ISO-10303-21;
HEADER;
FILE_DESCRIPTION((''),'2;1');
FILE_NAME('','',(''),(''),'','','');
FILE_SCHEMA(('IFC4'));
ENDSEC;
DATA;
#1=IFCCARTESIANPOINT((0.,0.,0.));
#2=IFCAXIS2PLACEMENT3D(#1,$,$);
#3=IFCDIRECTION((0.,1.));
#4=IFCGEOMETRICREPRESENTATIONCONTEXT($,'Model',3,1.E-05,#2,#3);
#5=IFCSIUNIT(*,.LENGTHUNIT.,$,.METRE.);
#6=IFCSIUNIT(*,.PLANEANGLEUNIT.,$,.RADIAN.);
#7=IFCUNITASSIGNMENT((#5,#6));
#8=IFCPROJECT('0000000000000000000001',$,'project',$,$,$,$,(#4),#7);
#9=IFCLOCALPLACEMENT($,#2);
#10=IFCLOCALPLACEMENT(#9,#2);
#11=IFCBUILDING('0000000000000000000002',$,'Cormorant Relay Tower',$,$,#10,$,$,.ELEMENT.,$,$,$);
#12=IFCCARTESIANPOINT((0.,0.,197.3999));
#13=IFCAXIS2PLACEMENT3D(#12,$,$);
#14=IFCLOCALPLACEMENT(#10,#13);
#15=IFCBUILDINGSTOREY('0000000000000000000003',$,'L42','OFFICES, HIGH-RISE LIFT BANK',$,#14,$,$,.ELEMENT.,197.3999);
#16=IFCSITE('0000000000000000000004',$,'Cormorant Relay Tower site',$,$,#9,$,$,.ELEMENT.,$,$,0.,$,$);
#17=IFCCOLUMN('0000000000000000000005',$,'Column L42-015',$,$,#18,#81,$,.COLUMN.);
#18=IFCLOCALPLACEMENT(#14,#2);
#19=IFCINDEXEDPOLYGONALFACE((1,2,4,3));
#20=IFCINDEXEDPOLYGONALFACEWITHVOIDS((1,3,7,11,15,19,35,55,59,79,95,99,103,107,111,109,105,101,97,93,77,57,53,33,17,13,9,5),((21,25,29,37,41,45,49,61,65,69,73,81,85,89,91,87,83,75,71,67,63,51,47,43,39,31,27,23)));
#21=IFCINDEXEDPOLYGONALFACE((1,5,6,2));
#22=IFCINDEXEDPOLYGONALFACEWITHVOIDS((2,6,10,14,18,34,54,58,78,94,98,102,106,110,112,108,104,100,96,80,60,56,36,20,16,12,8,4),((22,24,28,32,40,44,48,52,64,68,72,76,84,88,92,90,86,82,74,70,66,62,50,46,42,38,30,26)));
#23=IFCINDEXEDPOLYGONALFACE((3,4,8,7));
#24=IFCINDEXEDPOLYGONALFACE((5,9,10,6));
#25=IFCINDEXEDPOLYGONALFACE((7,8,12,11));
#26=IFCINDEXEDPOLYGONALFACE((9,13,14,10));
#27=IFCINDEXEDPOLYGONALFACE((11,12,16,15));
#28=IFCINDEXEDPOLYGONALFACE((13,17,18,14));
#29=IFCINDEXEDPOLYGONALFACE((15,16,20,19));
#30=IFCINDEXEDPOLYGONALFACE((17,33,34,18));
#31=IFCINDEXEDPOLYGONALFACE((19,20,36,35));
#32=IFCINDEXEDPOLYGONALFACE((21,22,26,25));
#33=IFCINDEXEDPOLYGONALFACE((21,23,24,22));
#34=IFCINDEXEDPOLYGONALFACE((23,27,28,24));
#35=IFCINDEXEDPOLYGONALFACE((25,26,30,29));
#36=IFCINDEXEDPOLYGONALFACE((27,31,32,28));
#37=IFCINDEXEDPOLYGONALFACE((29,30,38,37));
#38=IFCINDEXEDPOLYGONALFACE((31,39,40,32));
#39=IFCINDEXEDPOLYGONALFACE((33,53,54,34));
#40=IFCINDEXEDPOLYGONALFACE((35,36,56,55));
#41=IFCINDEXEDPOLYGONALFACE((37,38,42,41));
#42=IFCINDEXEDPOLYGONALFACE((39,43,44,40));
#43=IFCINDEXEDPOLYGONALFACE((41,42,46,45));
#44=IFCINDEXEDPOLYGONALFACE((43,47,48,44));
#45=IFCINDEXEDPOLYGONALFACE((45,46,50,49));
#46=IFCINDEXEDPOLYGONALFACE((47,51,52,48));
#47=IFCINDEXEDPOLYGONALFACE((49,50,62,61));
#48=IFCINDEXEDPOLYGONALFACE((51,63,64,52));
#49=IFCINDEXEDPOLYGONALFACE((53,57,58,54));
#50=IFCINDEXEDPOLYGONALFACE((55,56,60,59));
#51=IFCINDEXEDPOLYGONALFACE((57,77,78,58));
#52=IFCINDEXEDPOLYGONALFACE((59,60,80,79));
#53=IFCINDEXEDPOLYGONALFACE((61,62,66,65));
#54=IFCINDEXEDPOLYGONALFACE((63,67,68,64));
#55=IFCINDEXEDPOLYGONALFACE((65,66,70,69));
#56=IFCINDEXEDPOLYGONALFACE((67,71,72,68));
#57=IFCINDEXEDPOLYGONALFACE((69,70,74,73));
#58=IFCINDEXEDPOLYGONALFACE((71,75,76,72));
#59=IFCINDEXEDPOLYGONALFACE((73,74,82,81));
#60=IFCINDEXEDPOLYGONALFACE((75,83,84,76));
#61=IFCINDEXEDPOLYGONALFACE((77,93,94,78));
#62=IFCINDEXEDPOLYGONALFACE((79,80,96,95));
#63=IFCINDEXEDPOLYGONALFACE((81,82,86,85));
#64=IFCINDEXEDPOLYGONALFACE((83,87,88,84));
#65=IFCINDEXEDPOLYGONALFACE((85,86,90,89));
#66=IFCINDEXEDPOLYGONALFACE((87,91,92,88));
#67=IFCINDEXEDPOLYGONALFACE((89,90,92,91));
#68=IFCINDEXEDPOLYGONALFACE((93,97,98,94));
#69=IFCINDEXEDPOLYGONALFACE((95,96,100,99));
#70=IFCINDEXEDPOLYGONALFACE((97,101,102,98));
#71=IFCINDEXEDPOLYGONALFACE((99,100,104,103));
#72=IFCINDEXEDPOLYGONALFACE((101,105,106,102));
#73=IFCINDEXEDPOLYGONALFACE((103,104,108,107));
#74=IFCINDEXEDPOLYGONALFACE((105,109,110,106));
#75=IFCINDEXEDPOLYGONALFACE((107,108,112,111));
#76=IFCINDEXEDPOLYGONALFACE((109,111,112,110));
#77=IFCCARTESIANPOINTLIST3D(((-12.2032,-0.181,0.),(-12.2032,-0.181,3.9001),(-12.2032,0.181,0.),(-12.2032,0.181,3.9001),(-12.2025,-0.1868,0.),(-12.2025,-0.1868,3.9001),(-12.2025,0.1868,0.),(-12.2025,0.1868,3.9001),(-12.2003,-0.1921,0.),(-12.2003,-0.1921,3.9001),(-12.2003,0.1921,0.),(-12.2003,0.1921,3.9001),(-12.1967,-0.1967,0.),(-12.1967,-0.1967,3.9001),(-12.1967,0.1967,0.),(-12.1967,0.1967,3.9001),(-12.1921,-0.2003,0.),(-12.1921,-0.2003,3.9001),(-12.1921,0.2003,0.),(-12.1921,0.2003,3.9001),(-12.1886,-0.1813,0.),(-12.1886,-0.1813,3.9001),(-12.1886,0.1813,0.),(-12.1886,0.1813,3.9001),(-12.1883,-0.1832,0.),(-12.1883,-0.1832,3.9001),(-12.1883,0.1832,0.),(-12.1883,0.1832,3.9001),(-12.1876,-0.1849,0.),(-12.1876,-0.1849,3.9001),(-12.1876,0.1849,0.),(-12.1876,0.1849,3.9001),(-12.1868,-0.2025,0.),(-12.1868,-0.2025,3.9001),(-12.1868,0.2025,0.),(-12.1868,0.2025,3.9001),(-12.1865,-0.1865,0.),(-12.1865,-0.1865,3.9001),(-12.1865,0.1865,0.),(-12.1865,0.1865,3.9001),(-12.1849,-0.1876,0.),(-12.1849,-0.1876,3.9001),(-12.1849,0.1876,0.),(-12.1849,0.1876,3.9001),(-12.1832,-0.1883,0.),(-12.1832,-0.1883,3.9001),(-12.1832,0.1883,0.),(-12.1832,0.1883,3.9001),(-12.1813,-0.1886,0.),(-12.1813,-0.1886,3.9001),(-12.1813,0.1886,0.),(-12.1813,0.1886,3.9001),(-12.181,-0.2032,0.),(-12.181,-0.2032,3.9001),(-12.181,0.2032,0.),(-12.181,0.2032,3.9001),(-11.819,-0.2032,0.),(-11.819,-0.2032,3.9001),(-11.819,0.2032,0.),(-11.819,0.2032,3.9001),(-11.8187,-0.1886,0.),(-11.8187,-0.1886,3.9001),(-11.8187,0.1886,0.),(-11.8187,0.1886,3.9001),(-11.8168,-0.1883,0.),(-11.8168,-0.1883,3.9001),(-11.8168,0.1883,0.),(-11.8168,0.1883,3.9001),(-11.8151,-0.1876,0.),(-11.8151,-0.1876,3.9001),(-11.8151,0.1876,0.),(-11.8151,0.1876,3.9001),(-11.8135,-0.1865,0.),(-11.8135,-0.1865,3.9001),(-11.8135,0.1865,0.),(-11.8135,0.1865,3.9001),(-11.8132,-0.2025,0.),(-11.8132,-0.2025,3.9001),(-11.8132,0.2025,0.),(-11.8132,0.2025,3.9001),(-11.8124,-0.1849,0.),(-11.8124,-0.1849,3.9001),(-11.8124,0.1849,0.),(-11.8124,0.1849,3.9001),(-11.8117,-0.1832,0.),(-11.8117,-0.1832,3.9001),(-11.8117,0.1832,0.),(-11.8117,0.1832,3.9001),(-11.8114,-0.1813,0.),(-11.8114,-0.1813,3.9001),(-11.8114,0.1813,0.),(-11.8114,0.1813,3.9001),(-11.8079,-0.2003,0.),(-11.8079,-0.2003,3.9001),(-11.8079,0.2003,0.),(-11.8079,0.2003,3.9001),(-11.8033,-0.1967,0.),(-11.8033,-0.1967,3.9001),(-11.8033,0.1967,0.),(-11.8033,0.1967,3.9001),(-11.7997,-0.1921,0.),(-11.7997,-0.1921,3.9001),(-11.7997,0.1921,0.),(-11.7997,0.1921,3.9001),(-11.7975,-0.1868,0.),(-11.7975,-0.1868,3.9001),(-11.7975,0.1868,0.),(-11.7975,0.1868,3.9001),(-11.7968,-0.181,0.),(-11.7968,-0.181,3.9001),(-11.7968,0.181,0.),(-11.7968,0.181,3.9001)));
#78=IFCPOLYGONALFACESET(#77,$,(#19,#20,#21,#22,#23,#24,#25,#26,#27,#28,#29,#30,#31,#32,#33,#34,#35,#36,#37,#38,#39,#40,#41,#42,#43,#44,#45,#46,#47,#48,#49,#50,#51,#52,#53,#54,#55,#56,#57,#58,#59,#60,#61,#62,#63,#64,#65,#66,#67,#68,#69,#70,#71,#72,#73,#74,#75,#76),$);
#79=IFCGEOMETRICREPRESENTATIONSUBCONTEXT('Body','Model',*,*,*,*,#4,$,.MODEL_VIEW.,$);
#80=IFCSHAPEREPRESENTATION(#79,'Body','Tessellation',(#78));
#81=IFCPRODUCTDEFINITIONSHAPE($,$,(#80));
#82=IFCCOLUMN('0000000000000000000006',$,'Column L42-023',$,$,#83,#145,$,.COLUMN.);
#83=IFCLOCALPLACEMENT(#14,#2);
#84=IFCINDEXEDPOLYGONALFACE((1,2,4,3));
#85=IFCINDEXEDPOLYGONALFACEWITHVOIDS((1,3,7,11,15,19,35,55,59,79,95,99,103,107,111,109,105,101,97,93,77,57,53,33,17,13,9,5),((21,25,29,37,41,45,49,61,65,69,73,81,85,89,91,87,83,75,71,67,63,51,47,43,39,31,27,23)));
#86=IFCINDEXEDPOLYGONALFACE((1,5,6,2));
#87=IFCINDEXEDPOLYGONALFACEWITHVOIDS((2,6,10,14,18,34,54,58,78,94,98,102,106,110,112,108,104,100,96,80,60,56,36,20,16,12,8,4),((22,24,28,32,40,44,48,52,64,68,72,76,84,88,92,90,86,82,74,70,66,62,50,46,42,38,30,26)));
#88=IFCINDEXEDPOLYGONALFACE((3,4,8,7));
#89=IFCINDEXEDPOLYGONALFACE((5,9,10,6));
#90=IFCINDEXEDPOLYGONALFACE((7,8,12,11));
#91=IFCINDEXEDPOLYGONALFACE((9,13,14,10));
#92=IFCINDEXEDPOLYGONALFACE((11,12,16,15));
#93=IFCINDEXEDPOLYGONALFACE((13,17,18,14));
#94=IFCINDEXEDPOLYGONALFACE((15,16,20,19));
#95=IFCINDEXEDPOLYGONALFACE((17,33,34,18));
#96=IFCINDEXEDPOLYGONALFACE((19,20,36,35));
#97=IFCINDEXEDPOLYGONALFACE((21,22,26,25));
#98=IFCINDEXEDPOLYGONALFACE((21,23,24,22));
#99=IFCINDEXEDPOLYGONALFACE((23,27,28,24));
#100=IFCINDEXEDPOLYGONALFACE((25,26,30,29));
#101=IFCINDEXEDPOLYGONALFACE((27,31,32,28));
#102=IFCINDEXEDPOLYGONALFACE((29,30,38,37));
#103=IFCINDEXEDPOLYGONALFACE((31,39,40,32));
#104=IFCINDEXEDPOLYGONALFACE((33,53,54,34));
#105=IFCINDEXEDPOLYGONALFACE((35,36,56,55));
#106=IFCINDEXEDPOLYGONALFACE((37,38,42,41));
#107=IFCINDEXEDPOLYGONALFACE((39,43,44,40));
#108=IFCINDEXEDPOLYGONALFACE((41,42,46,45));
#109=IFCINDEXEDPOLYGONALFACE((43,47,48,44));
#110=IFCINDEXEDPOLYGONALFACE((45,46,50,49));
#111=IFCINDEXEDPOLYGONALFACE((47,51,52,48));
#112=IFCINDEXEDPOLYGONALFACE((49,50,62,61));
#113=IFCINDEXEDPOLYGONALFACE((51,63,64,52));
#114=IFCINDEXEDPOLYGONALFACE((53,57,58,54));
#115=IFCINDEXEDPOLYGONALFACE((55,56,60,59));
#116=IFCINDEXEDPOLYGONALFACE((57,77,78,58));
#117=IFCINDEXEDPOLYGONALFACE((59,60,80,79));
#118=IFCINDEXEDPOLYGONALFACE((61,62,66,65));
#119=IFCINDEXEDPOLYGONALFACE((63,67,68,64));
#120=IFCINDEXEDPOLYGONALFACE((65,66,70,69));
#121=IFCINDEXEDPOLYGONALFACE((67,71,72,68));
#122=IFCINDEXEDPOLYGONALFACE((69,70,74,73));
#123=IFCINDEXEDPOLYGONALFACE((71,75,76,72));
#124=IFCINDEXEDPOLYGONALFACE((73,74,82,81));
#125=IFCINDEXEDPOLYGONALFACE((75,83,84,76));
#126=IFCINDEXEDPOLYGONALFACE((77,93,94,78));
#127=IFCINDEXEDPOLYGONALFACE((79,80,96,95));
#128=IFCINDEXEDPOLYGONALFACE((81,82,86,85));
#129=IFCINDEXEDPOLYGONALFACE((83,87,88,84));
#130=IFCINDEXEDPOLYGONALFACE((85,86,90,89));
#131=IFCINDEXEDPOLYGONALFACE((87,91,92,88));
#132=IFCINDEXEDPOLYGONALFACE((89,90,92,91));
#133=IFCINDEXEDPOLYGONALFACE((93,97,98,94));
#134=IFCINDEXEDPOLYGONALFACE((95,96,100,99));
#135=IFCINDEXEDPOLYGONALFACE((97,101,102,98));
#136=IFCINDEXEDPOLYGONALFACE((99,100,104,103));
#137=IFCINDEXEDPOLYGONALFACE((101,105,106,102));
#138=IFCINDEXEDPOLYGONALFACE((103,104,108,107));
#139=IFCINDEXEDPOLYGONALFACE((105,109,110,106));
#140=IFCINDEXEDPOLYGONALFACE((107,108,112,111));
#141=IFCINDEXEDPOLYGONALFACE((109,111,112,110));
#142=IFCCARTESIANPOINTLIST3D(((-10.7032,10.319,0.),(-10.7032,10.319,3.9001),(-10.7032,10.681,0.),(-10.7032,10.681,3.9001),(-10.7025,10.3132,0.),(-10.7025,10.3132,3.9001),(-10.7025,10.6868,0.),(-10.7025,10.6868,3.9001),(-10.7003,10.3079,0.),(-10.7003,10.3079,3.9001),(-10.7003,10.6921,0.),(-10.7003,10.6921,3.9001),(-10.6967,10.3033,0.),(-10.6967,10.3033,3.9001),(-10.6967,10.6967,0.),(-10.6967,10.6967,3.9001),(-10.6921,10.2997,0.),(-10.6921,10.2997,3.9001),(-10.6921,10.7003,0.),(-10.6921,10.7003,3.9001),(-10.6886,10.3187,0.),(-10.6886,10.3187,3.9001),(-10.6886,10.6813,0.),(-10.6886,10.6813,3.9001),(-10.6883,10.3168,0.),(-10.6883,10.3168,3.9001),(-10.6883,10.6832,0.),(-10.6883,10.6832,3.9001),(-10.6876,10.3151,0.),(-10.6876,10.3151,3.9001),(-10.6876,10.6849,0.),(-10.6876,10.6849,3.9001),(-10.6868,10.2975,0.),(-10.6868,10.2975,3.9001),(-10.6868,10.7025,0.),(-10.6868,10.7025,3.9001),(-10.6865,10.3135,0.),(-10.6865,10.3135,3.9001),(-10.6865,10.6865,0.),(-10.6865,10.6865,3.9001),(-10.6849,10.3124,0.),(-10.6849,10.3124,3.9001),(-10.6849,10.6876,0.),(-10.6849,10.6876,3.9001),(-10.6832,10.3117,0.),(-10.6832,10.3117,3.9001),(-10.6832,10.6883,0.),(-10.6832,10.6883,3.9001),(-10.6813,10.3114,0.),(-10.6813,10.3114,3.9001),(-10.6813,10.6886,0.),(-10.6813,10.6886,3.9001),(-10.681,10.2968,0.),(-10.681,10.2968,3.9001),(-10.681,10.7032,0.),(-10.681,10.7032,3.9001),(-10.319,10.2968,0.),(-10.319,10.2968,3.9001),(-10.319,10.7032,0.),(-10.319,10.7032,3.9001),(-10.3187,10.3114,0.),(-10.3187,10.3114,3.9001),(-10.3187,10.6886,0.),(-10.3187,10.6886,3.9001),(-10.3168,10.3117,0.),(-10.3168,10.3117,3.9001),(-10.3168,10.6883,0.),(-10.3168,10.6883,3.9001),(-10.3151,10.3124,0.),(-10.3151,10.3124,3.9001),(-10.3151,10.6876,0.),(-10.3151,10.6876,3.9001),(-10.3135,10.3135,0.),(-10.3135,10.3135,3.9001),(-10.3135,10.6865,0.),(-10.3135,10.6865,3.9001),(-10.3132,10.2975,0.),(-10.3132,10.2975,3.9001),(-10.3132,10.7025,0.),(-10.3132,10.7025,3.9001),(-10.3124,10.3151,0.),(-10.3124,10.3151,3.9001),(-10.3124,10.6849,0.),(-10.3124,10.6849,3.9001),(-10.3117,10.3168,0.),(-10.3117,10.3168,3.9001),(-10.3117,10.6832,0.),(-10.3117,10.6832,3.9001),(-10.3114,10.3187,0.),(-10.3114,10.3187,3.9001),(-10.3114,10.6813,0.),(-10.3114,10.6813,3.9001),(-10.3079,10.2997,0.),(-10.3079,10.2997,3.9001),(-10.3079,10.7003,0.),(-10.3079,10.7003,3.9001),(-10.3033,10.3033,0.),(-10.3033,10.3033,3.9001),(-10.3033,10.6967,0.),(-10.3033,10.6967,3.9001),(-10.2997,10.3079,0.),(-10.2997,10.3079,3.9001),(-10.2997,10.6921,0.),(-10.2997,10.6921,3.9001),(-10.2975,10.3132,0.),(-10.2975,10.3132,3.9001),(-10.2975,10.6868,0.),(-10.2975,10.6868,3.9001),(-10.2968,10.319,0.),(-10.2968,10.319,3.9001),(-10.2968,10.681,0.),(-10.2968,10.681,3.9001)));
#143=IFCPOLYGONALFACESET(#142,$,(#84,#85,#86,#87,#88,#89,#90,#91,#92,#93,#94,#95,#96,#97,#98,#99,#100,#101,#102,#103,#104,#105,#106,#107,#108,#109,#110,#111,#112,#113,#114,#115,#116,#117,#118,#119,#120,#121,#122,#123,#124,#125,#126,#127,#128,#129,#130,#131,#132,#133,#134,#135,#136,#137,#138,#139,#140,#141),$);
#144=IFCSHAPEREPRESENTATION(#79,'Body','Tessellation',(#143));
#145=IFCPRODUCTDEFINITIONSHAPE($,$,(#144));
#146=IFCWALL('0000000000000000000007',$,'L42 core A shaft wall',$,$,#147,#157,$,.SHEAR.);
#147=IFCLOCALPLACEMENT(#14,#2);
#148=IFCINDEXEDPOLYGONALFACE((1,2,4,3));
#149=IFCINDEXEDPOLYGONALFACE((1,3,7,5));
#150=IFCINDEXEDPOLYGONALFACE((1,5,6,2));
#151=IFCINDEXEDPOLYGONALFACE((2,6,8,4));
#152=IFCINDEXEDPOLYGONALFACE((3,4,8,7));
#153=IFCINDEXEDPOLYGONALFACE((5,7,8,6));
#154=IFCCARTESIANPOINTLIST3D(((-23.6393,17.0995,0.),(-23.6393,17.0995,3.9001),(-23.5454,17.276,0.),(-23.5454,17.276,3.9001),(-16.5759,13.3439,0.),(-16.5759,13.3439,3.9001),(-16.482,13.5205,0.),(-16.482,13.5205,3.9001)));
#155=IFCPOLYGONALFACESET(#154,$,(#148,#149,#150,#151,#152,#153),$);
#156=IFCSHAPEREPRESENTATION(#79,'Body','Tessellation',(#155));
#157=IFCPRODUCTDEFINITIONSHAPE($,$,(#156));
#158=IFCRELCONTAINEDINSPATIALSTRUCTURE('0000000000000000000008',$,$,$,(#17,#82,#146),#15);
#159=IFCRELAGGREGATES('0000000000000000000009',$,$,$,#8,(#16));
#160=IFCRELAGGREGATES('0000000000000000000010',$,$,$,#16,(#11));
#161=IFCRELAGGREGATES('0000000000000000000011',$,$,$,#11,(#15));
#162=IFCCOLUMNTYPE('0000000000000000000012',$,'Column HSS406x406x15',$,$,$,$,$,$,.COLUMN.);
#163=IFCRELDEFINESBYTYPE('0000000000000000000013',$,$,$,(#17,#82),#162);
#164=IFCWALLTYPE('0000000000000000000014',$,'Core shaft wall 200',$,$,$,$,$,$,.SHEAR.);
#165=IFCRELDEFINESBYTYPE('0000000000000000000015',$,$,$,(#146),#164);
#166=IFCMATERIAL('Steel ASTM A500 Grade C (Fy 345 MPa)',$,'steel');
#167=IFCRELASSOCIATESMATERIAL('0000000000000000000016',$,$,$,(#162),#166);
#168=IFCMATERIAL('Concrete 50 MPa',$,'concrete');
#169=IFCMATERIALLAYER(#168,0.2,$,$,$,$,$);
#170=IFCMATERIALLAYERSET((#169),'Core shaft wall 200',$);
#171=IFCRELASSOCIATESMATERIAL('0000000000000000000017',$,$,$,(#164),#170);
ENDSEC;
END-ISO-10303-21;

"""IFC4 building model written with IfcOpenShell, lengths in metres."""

from ifc_helpers import new_model, si_unit, direction, frame, frame_2d, origin, origin_2d, place, context, subcontext, project, spatial, rectangle, hollow_rectangle, extrude, material, layer, layer_set, material_profile, profile_set, type_object, element, save


model = new_model("IFC4")

# Units and contexts
model_context = context("Model", 3, precision=1e-05, world=origin(), true_north=direction((0.0, 1.0)))
body_context = subcontext(model_context, "Body", "Model", "MODEL_VIEW")
ifc_project = project(units=[si_unit("LENGTHUNIT", "METRE"), si_unit("PLANEANGLEUNIT", "RADIAN")], contexts=[model_context])

# Site, building, storey
site_placement = place(None, origin())
site = spatial("IfcSite", under=ifc_project, at=site_placement, Name="Cormorant Relay Tower site", CompositionType="ELEMENT", RefElevation=0.0)
building_placement = place(site_placement, origin())
building = spatial("IfcBuilding", under=site, at=building_placement, Name="Cormorant Relay Tower", CompositionType="ELEMENT")
storey_placement = place(building_placement, frame((0.0, 0.0, 197.3999)))
storey = spatial("IfcBuildingStorey", under=building, at=storey_placement, Name="L42", Description="OFFICES, HIGH-RISE LIFT BANK", CompositionType="ELEMENT", Elevation=197.3999)

# Columns
ifc_material_1 = material(Name="Steel ASTM A500 Grade C (Fy 345 MPa)", Category="steel")
ifc_material_profile = material_profile(ifc_material_1, hollow_rectangle(XDim=0.4065, YDim=0.4065, WallThickness=0.0146, InnerFilletRadius=0.0073, OuterFilletRadius=0.0222, at=origin_2d()), Name="HSS406x406x15")
ifc_profile_set = profile_set([ifc_material_profile], Name="Steel ASTM A500 Grade C (Fy 345 MPa)")
column_type = type_object("IfcColumnType", Name="Column HSS406x406x15", PredefinedType="COLUMN", material=ifc_profile_set)
for number, where, z_axis, x_axis, name in (
    (1, (-12.0, 0.0, 0.0), (0.0, 0.0, 1.0), (1.0, 0.0, 0.0), "Column L42-015"),
    (2, (-10.5, 10.5, 0.0), (0.0, 0.0, 1.0), (1.0, 0.0, 0.0), "Column L42-023"),
):
    element("IfcColumn", number, at=place(storey_placement, frame(where, z_axis=z_axis, x_axis=x_axis)), inside=storey, type_object=column_type, Name=name, PredefinedType="COLUMN", context=body_context, shape_type="SweptSolid", body=[
        extrude(hollow_rectangle(XDim=0.4065, YDim=0.4065, WallThickness=0.0146, InnerFilletRadius=0.0073, OuterFilletRadius=0.0222, at=origin_2d()), origin(), (0.0, 0.0, 1.0), 3.9001),
    ])

# Wall
ifc_material_2 = material(Name="Concrete 50 MPa", Category="concrete")
ifc_layer_1 = layer(ifc_material_2, 0.2)
ifc_layer_set_1 = layer_set([ifc_layer_1], Name="Core shaft wall 200")
wall_type_1 = type_object("IfcWallType", Name="Core shaft wall 200", PredefinedType="SHEAR", material=ifc_layer_set_1)
wall_1_placement = place(storey_placement, frame((-16.5288, 13.4321, 0.0), z_axis=(0.0, 0.0, 1.0), x_axis=(-0.882953, 0.469462, 0.0)))
element("IfcWall", 3, at=wall_1_placement, inside=storey, type_object=wall_type_1, Name="L42 core A shaft wall", PredefinedType="SHEAR", context=body_context, shape_type="SweptSolid", body=[
    extrude(rectangle(XDim=7.9998, YDim=0.2, at=frame_2d((4.0, 0.0))), origin(), (0.0, 0.0, 1.0), 3.9001),
])

save(model, "model.ifc")
